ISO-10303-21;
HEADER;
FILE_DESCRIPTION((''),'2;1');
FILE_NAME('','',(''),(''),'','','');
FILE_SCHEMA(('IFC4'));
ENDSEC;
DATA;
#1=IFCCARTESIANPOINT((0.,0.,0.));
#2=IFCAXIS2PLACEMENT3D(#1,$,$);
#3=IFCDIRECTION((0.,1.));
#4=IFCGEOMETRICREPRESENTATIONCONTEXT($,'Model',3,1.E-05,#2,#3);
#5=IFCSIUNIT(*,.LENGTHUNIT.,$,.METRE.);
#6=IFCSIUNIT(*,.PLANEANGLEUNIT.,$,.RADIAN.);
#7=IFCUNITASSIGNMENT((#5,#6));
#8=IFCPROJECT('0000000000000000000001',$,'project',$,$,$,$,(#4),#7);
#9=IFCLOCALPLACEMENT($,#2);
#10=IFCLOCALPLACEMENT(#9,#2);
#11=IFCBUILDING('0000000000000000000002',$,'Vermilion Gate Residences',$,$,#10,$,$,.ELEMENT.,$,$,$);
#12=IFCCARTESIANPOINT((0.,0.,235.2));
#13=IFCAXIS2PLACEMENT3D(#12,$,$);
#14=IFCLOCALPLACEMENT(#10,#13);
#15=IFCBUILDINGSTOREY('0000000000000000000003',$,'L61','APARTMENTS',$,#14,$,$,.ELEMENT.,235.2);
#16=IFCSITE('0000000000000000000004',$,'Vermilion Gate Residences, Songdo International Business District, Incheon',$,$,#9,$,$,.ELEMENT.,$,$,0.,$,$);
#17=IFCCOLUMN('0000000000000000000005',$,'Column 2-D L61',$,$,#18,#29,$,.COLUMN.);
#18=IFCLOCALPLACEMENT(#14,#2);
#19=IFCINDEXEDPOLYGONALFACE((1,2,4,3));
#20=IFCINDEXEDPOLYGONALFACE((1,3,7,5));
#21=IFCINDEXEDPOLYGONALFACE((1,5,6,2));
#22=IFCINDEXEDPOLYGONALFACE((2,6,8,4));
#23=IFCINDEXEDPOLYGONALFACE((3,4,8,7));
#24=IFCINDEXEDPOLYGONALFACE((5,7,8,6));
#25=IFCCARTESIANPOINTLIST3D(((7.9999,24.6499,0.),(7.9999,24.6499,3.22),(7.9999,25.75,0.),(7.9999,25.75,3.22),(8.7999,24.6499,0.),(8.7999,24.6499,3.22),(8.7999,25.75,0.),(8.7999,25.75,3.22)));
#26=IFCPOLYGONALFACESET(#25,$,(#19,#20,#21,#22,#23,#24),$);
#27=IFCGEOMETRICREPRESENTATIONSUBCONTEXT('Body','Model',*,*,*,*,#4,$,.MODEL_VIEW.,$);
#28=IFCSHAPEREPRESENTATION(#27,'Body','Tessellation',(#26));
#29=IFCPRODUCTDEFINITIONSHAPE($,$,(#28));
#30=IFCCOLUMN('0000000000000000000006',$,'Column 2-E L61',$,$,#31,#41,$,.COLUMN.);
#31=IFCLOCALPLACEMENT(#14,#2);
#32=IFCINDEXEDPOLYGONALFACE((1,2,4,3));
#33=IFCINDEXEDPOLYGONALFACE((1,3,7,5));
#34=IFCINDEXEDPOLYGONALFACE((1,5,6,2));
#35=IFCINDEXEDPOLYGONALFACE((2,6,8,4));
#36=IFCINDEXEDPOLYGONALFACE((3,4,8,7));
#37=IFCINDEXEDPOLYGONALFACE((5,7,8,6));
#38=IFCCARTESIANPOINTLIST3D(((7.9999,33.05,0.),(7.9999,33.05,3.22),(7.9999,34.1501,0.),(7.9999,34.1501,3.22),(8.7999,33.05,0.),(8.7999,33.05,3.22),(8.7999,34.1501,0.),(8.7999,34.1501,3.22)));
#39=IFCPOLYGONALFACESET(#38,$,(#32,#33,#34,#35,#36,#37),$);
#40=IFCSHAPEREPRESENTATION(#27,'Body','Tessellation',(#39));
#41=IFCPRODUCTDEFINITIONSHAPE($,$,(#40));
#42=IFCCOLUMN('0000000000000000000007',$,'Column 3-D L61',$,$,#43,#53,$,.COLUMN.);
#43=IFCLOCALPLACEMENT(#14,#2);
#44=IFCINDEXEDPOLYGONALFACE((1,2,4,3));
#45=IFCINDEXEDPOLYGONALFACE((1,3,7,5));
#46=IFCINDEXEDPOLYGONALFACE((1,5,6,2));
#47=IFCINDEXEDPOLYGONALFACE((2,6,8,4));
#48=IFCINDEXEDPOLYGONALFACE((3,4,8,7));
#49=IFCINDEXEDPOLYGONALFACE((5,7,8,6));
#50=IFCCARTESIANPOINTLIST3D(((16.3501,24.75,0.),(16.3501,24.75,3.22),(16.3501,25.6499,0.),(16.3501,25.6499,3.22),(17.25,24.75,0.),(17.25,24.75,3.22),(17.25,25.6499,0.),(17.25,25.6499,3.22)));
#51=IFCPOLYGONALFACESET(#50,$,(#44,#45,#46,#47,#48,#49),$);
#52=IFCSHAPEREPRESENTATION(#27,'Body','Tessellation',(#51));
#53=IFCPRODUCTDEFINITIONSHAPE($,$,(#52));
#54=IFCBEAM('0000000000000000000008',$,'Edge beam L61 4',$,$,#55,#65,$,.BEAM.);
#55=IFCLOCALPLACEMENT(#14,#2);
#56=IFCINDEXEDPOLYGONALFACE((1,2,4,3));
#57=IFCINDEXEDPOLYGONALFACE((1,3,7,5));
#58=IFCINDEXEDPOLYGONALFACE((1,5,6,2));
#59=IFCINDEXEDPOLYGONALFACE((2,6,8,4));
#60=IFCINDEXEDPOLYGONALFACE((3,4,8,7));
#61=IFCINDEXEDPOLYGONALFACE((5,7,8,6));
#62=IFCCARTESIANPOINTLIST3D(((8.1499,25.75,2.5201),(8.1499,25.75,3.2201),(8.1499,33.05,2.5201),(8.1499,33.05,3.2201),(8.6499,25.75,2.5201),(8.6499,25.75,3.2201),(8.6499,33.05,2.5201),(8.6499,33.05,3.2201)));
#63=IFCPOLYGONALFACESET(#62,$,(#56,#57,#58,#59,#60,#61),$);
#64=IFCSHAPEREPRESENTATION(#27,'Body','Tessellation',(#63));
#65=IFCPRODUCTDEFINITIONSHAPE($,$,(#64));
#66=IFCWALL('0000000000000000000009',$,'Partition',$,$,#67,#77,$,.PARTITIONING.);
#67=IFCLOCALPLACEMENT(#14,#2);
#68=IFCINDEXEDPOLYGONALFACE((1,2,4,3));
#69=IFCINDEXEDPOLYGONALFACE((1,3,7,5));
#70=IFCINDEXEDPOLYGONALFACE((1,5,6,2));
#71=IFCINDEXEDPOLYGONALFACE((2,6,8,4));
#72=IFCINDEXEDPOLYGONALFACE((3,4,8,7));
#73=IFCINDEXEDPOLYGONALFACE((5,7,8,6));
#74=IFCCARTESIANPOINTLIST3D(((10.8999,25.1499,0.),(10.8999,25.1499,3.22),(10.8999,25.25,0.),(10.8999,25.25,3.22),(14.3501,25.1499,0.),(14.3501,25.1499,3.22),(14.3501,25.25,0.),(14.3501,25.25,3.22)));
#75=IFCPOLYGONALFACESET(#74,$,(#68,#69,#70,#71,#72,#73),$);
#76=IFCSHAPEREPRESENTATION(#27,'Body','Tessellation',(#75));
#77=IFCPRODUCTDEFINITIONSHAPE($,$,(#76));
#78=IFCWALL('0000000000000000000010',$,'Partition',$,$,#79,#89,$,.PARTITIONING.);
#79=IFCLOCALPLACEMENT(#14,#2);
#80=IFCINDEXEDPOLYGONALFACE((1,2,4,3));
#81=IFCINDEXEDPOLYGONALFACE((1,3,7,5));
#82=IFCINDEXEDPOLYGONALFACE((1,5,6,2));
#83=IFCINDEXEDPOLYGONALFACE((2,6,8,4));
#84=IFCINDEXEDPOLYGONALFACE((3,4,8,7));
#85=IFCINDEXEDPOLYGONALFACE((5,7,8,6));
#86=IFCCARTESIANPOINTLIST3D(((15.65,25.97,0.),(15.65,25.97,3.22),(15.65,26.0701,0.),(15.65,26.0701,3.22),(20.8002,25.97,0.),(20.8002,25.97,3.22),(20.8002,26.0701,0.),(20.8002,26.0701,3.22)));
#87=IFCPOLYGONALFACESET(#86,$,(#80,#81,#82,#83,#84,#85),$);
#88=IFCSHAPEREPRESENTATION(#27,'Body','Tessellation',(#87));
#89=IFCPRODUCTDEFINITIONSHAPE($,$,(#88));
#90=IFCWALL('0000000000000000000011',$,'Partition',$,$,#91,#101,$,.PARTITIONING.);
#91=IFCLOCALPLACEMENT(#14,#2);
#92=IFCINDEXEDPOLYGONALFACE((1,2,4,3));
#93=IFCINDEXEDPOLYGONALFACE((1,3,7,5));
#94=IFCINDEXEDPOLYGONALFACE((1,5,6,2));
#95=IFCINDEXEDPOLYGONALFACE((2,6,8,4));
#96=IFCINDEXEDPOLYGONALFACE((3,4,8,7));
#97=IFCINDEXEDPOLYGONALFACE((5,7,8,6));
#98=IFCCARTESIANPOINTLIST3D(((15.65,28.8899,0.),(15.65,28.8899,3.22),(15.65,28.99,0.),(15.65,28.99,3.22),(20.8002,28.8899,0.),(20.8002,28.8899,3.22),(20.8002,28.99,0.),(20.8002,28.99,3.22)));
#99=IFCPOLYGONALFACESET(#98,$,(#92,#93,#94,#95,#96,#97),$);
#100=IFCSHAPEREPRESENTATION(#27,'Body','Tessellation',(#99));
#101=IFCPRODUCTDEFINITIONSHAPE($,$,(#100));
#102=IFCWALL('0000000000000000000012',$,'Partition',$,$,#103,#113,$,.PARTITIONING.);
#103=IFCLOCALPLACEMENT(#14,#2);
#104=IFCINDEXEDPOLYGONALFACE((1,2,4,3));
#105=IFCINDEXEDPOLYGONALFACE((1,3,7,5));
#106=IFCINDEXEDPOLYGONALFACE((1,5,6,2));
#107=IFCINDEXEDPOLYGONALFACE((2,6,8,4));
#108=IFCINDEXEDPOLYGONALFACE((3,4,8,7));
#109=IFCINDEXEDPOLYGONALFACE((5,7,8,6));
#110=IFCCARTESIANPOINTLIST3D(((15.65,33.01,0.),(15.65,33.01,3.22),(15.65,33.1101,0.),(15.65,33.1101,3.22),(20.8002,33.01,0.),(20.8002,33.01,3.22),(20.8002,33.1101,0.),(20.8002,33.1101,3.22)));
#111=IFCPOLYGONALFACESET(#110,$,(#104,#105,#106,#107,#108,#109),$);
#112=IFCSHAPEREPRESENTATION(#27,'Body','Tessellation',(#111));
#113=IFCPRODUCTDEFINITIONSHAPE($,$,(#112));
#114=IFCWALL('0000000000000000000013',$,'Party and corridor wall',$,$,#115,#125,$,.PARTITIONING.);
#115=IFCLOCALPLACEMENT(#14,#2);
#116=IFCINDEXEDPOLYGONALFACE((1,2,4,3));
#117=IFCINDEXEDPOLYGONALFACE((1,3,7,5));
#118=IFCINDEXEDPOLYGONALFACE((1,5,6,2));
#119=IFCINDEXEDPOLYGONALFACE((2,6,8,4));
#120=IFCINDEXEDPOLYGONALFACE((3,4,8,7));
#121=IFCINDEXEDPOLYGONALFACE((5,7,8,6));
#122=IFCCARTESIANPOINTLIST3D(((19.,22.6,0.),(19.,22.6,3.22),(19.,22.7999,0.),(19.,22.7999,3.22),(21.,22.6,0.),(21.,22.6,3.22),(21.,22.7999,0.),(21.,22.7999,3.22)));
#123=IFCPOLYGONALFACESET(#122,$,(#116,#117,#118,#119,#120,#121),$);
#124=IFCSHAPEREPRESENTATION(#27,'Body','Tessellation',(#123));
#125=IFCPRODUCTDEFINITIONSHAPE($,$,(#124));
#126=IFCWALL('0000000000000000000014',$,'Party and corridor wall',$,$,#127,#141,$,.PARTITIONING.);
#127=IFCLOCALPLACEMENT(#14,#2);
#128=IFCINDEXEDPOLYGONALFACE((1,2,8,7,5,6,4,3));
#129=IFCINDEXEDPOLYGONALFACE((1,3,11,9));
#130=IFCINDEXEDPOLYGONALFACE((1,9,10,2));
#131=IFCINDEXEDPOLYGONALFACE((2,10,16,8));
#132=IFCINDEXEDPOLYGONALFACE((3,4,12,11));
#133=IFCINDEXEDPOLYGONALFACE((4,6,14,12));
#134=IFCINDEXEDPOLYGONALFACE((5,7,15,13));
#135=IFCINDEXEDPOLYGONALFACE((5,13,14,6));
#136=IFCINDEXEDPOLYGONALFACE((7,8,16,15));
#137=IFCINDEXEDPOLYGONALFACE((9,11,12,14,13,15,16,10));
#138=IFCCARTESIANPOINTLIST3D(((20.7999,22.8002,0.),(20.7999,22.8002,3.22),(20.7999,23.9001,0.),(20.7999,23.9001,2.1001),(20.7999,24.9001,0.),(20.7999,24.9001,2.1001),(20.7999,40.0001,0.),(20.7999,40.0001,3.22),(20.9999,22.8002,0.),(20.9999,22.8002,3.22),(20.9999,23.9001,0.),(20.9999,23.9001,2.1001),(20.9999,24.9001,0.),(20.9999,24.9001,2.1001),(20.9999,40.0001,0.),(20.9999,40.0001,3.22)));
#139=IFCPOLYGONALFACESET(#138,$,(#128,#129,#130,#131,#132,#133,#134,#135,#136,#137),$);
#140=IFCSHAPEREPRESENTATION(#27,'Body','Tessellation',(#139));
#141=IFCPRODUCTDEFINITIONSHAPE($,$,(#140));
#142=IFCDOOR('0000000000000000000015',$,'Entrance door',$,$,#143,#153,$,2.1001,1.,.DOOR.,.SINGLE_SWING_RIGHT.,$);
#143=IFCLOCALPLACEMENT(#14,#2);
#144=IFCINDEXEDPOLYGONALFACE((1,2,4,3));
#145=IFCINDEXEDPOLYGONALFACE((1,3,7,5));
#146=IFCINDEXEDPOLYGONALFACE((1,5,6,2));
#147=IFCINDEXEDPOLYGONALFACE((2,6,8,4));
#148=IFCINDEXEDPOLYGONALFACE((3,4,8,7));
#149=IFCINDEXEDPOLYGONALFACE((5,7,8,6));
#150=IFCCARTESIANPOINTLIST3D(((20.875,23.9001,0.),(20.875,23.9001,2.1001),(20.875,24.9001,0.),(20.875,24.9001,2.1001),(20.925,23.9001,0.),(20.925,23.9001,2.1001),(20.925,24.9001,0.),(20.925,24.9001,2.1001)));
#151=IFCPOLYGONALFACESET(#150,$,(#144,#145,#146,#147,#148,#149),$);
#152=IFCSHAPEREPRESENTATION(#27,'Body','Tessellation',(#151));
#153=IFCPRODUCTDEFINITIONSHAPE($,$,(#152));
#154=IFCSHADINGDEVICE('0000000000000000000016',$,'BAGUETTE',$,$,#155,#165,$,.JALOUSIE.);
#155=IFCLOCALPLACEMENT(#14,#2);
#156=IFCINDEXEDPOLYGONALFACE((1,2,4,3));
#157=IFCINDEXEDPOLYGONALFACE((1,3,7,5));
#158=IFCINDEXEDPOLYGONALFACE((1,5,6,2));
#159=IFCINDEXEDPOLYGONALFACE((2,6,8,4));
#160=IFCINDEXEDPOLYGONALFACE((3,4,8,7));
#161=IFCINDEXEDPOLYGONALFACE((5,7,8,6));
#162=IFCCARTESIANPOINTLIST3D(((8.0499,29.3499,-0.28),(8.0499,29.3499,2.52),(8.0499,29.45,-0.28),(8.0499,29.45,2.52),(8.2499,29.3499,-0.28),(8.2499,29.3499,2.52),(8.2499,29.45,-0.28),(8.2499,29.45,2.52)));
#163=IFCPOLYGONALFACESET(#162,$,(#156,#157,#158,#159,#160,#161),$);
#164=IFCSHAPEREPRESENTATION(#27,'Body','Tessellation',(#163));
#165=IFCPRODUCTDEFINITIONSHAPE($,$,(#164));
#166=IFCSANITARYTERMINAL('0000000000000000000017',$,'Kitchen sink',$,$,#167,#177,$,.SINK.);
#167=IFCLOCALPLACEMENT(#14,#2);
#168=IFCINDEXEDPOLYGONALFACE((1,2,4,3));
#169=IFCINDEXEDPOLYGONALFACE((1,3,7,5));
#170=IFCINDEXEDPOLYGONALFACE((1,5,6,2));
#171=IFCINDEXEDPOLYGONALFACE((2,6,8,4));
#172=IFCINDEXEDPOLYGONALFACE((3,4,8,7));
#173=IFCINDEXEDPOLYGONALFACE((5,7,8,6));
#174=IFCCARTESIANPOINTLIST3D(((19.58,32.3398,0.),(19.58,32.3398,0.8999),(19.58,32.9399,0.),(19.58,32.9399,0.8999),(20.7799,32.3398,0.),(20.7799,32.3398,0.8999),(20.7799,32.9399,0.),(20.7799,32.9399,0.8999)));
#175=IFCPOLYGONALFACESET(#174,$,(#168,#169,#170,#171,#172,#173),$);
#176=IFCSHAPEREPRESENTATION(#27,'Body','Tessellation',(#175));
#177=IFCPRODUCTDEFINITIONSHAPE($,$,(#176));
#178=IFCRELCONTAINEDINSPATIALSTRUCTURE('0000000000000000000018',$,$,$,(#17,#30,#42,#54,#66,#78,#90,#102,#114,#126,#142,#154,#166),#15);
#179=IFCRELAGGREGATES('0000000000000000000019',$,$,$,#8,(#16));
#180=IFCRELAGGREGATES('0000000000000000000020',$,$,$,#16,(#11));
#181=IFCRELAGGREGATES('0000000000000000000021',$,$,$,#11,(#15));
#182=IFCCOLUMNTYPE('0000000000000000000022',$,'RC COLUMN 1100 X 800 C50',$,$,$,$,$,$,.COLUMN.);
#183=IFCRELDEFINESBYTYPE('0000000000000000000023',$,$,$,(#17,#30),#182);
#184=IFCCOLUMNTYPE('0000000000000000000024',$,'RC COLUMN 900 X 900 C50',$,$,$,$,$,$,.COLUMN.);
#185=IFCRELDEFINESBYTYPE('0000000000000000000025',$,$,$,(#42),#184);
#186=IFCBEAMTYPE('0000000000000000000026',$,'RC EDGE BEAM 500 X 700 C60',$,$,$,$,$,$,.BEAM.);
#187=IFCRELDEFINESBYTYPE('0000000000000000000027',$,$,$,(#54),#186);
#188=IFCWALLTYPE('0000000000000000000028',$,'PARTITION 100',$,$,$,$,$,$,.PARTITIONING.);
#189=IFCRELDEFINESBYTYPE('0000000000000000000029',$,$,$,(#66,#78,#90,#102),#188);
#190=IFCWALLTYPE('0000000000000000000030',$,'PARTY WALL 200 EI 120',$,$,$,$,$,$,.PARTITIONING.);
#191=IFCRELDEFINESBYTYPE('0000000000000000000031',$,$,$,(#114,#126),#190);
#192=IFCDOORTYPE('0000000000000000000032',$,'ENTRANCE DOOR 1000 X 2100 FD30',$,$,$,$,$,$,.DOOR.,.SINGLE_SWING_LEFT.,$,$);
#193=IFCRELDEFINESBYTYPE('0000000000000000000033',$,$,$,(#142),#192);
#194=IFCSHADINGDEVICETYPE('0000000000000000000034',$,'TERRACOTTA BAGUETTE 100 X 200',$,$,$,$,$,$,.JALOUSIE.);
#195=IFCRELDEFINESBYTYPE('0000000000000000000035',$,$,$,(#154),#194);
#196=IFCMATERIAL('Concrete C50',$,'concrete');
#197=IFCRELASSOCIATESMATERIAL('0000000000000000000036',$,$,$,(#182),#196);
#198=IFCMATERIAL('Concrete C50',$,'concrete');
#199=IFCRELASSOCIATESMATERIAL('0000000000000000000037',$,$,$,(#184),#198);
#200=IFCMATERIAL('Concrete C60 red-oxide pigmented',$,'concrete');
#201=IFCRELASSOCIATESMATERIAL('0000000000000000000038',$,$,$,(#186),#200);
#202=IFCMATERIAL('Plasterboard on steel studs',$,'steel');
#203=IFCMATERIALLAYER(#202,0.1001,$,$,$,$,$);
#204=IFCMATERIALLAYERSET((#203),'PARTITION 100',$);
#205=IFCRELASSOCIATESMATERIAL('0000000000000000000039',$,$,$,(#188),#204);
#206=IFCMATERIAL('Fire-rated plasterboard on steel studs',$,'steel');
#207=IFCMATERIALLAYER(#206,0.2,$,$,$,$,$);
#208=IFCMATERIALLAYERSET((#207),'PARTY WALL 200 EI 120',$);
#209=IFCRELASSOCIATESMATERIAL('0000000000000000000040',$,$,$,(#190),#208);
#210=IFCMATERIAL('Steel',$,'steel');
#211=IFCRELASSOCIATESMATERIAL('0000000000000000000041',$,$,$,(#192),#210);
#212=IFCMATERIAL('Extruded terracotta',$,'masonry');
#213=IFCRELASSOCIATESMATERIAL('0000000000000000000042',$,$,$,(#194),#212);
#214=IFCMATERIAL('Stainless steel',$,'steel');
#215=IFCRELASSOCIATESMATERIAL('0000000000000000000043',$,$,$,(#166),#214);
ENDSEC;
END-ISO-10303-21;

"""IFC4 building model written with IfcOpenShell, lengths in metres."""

from ifc_helpers import new_model, si_unit, direction, frame, frame_2d, origin, origin_2d, place, context, subcontext, project, spatial, rectangle, extrude, material, layer, layer_set, material_profile, profile_set, type_object, element, fill, save


model = new_model("IFC4")

# Units and contexts
model_context = context("Model", 3, precision=1e-05, world=origin(), true_north=direction((0.0, 1.0)))
body_context = subcontext(model_context, "Body", "Model", "MODEL_VIEW")
ifc_project = project(units=[si_unit("LENGTHUNIT", "METRE"), si_unit("PLANEANGLEUNIT", "RADIAN")], contexts=[model_context])

# Site, building, storey
site_placement = place(None, origin())
site = spatial("IfcSite", under=ifc_project, at=site_placement, Name="Vermilion Gate Residences, Songdo International Business District, Incheon", CompositionType="ELEMENT", RefElevation=0.0)
building_placement = place(site_placement, origin())
building = spatial("IfcBuilding", under=site, at=building_placement, Name="Vermilion Gate Residences", CompositionType="ELEMENT")
storey_placement = place(building_placement, frame((0.0, 0.0, 235.2)))
storey = spatial("IfcBuildingStorey", under=building, at=storey_placement, Name="L61", Description="APARTMENTS", CompositionType="ELEMENT", Elevation=235.2)

# Columns
ifc_material_1 = material(Name="Concrete C50", Category="concrete")
ifc_material_profile_1 = material_profile(ifc_material_1, rectangle(XDim=1.1001, YDim=0.8, at=origin_2d()), Name="RC-1100x800")
ifc_profile_set_1 = profile_set([ifc_material_profile_1], Name="Concrete C50")
column_type_1 = type_object("IfcColumnType", Name="RC COLUMN 1100 X 800 C50", PredefinedType="COLUMN", material=ifc_profile_set_1)
for number, where, z_axis, x_axis, name in (
    (1, (8.3999, 25.2, 0.0), (0.0, 0.0, 1.0), (0.0, 1.0, 0.0), "Column 2-D L61"),
    (2, (8.3999, 33.6001, 0.0), (0.0, 0.0, 1.0), (0.0, 1.0, 0.0), "Column 2-E L61"),
):
    element("IfcColumn", number, at=place(storey_placement, frame(where, z_axis=z_axis, x_axis=x_axis)), inside=storey, type_object=column_type_1, Name=name, PredefinedType="COLUMN", context=body_context, shape_type="SweptSolid", body=[
        extrude(rectangle(XDim=1.1001, YDim=0.8, at=origin_2d()), origin(), (0.0, 0.0, 1.0), 3.22),
    ])
ifc_material_2 = material(Name="Concrete C50", Category="concrete")
ifc_material_profile_2 = material_profile(ifc_material_2, rectangle(XDim=0.8999, YDim=0.8999, at=origin_2d()), Name="RC-900x900")
ifc_profile_set_2 = profile_set([ifc_material_profile_2], Name="Concrete C50")
column_type_2 = type_object("IfcColumnType", Name="RC COLUMN 900 X 900 C50", PredefinedType="COLUMN", material=ifc_profile_set_2)
column_placement = place(storey_placement, frame((16.8, 25.2, 0.0), z_axis=(0.0, 0.0, 1.0), x_axis=(1.0, 0.0, 0.0)))
element("IfcColumn", 3, at=column_placement, inside=storey, type_object=column_type_2, Name="Column 3-D L61", PredefinedType="COLUMN", context=body_context, shape_type="SweptSolid", body=[
    extrude(rectangle(XDim=0.8999, YDim=0.8999, at=origin_2d()), origin(), (0.0, 0.0, 1.0), 3.22),
])

# Beam
ifc_material_3 = material(Name="Concrete C60 red-oxide pigmented", Category="concrete")
ifc_material_profile_3 = material_profile(ifc_material_3, rectangle(XDim=0.5, YDim=0.7, at=origin_2d()), Name="RC-500x700")
ifc_profile_set_3 = profile_set([ifc_material_profile_3], Name="Concrete C60 red-oxide pigmented")
beam_type = type_object("IfcBeamType", Name="RC EDGE BEAM 500 X 700 C60", PredefinedType="BEAM", material=ifc_profile_set_3)
beam_placement = place(storey_placement, frame((8.3999, 25.75, 2.8701), z_axis=(0.0, 1.0, 0.0), x_axis=(-1.0, 0.0, 0.0)))
element("IfcBeam", 4, at=beam_placement, inside=storey, type_object=beam_type, Name="Edge beam L61 4", PredefinedType="BEAM", context=body_context, shape_type="SweptSolid", body=[
    extrude(rectangle(XDim=0.5, YDim=0.7, at=origin_2d()), origin(), (0.0, 0.0, 1.0), 7.3),
])

# Walls
ifc_material_4 = material(Name="Plasterboard on steel studs", Category="steel")
ifc_layer_1 = layer(ifc_material_4, 0.1001)
ifc_layer_set_1 = layer_set([ifc_layer_1], Name="PARTITION 100")
wall_type_1 = type_object("IfcWallType", Name="PARTITION 100", PredefinedType="PARTITIONING", material=ifc_layer_set_1)
wall_1_placement = place(storey_placement, frame((10.8999, 25.2, 0.0), z_axis=(0.0, 0.0, 1.0), x_axis=(1.0, 0.0, 0.0)))
element("IfcWall", 5, at=wall_1_placement, inside=storey, type_object=wall_type_1, Name="Partition", PredefinedType="PARTITIONING", context=body_context, shape_type="SweptSolid", body=[
    extrude(rectangle(XDim=3.4502, YDim=0.1001, at=frame_2d((1.7251, 0.0))), origin(), (0.0, 0.0, 1.0), 3.22),
])
for number, where, z_axis, x_axis, name in (
    (6, (15.6499, 26.02, 0.0), (0.0, 0.0, 1.0), (1.0, 0.0, 0.0), "Partition"),
    (7, (15.6499, 28.9399, 0.0), (0.0, 0.0, 1.0), (1.0, 0.0, 0.0), "Partition"),
    (8, (15.6499, 33.0601, 0.0), (0.0, 0.0, 1.0), (1.0, 0.0, 0.0), "Partition"),
):
    element("IfcWall", number, at=place(storey_placement, frame(where, z_axis=z_axis, x_axis=x_axis)), inside=storey, type_object=wall_type_1, Name=name, PredefinedType="PARTITIONING", context=body_context, shape_type="SweptSolid", body=[
        extrude(rectangle(XDim=5.1501, YDim=0.1001, at=frame_2d((2.5752, 0.0))), origin(), (0.0, 0.0, 1.0), 3.22),
    ])
ifc_material_5 = material(Name="Fire-rated plasterboard on steel studs", Category="steel")
ifc_layer_2 = layer(ifc_material_5, 0.2)
ifc_layer_set_2 = layer_set([ifc_layer_2], Name="PARTY WALL 200 EI 120")
wall_type_2 = type_object("IfcWallType", Name="PARTY WALL 200 EI 120", PredefinedType="PARTITIONING", material=ifc_layer_set_2)
wall_2_placement = place(storey_placement, frame((19.0, 22.7, 0.0), z_axis=(0.0, 0.0, 1.0), x_axis=(1.0, 0.0, 0.0)))
element("IfcWall", 9, at=wall_2_placement, inside=storey, type_object=wall_type_2, Name="Party and corridor wall", PredefinedType="PARTITIONING", context=body_context, shape_type="SweptSolid", body=[
    extrude(rectangle(XDim=2.0, YDim=0.2, at=frame_2d((1.0, 0.0))), origin(), (0.0, 0.0, 1.0), 3.22),
])

# Wall, opening, door
wall_3_placement = place(storey_placement, frame((20.8999, 22.8, 0.0), z_axis=(0.0, 0.0, 1.0), x_axis=(0.0, 1.0, 0.0)))
wall_3 = element("IfcWall", 10, at=wall_3_placement, inside=storey, type_object=wall_type_2, Name="Party and corridor wall", PredefinedType="PARTITIONING", context=body_context, shape_type="SweptSolid", body=[
    extrude(rectangle(XDim=17.2, YDim=0.2, at=frame_2d((8.6001, 0.0))), origin(), (0.0, 0.0, 1.0), 3.22),
])
opening_placement = place(wall_3_placement, frame((1.1001, 0.0, 0.0)))
opening = element("IfcOpeningElement", 11, at=opening_placement, cuts=wall_3, PredefinedType="OPENING", context=body_context, shape_type="SweptSolid", body=[
    extrude(rectangle(XDim=1.0, YDim=2.1001, at=frame_2d((0.5, 1.05))), frame((0.0, 0.1099, 0.0), z_axis=(0.0, -1.0, 0.0), x_axis=(1.0, 0.0, 0.0)), (0.0, 0.0, 1.0), 0.22),
])
ifc_material_6 = material(Name="Steel", Category="steel")
door_type = type_object("IfcDoorType", Name="ENTRANCE DOOR 1000 X 2100 FD30", OperationType="SINGLE_SWING_LEFT", PredefinedType="DOOR", material=ifc_material_6)
door_placement = place(opening_placement, origin())
door = element("IfcDoor", 12, at=door_placement, inside=storey, type_object=door_type, Name="Entrance door", OperationType="SINGLE_SWING_RIGHT", OverallHeight=2.1001, OverallWidth=1.0, PredefinedType="DOOR", context=body_context, shape_type="SweptSolid", body=[
    extrude(rectangle(XDim=1.0, YDim=2.1001, at=frame_2d((0.5, 1.05))), frame((0.0, 0.0249, 0.0), z_axis=(0.0, -1.0, 0.0), x_axis=(1.0, 0.0, 0.0)), (0.0, 0.0, 1.0), 0.05),
])
fill(opening, door)

# Shading device
ifc_material_7 = material(Name="Extruded terracotta", Category="masonry")
ifc_material_profile_4 = material_profile(ifc_material_7, rectangle(XDim=0.2, YDim=0.1001, at=origin_2d()), Name="BAGUETTE 100 X 200")
ifc_profile_set_4 = profile_set([ifc_material_profile_4], Name="Extruded terracotta")
shading_device_type = type_object("IfcShadingDeviceType", Name="TERRACOTTA BAGUETTE 100 X 200", PredefinedType="JALOUSIE", material=ifc_profile_set_4)
shading_device_placement = place(storey_placement, frame((8.1499, 29.3999, -0.28), z_axis=(0.0, 0.0, 1.0), x_axis=(1.0, 0.0, 0.0)))
element("IfcShadingDevice", 13, at=shading_device_placement, inside=storey, type_object=shading_device_type, Name="BAGUETTE", PredefinedType="JALOUSIE", context=body_context, shape_type="SweptSolid", body=[
    extrude(rectangle(XDim=0.2, YDim=0.1001, at=origin_2d()), origin(), (0.0, 0.0, 1.0), 2.8),
])

# Sanitary terminal
ifc_material_8 = material(Name="Stainless steel", Category="steel")
sanitary_terminal_1_placement = place(storey_placement, frame((20.1799, 32.6399, 0.0), z_axis=(0.0, 0.0, 1.0), x_axis=(1.0, 0.0, 0.0)))
element("IfcSanitaryTerminal", 14, at=sanitary_terminal_1_placement, inside=storey, material=ifc_material_8, Name="Kitchen sink", PredefinedType="SINK", context=body_context, shape_type="SweptSolid", body=[
    extrude(rectangle(XDim=1.2, YDim=0.6001, at=origin_2d()), origin(), (0.0, 0.0, 1.0), 0.8999),
])

save(model, "model.ifc")
